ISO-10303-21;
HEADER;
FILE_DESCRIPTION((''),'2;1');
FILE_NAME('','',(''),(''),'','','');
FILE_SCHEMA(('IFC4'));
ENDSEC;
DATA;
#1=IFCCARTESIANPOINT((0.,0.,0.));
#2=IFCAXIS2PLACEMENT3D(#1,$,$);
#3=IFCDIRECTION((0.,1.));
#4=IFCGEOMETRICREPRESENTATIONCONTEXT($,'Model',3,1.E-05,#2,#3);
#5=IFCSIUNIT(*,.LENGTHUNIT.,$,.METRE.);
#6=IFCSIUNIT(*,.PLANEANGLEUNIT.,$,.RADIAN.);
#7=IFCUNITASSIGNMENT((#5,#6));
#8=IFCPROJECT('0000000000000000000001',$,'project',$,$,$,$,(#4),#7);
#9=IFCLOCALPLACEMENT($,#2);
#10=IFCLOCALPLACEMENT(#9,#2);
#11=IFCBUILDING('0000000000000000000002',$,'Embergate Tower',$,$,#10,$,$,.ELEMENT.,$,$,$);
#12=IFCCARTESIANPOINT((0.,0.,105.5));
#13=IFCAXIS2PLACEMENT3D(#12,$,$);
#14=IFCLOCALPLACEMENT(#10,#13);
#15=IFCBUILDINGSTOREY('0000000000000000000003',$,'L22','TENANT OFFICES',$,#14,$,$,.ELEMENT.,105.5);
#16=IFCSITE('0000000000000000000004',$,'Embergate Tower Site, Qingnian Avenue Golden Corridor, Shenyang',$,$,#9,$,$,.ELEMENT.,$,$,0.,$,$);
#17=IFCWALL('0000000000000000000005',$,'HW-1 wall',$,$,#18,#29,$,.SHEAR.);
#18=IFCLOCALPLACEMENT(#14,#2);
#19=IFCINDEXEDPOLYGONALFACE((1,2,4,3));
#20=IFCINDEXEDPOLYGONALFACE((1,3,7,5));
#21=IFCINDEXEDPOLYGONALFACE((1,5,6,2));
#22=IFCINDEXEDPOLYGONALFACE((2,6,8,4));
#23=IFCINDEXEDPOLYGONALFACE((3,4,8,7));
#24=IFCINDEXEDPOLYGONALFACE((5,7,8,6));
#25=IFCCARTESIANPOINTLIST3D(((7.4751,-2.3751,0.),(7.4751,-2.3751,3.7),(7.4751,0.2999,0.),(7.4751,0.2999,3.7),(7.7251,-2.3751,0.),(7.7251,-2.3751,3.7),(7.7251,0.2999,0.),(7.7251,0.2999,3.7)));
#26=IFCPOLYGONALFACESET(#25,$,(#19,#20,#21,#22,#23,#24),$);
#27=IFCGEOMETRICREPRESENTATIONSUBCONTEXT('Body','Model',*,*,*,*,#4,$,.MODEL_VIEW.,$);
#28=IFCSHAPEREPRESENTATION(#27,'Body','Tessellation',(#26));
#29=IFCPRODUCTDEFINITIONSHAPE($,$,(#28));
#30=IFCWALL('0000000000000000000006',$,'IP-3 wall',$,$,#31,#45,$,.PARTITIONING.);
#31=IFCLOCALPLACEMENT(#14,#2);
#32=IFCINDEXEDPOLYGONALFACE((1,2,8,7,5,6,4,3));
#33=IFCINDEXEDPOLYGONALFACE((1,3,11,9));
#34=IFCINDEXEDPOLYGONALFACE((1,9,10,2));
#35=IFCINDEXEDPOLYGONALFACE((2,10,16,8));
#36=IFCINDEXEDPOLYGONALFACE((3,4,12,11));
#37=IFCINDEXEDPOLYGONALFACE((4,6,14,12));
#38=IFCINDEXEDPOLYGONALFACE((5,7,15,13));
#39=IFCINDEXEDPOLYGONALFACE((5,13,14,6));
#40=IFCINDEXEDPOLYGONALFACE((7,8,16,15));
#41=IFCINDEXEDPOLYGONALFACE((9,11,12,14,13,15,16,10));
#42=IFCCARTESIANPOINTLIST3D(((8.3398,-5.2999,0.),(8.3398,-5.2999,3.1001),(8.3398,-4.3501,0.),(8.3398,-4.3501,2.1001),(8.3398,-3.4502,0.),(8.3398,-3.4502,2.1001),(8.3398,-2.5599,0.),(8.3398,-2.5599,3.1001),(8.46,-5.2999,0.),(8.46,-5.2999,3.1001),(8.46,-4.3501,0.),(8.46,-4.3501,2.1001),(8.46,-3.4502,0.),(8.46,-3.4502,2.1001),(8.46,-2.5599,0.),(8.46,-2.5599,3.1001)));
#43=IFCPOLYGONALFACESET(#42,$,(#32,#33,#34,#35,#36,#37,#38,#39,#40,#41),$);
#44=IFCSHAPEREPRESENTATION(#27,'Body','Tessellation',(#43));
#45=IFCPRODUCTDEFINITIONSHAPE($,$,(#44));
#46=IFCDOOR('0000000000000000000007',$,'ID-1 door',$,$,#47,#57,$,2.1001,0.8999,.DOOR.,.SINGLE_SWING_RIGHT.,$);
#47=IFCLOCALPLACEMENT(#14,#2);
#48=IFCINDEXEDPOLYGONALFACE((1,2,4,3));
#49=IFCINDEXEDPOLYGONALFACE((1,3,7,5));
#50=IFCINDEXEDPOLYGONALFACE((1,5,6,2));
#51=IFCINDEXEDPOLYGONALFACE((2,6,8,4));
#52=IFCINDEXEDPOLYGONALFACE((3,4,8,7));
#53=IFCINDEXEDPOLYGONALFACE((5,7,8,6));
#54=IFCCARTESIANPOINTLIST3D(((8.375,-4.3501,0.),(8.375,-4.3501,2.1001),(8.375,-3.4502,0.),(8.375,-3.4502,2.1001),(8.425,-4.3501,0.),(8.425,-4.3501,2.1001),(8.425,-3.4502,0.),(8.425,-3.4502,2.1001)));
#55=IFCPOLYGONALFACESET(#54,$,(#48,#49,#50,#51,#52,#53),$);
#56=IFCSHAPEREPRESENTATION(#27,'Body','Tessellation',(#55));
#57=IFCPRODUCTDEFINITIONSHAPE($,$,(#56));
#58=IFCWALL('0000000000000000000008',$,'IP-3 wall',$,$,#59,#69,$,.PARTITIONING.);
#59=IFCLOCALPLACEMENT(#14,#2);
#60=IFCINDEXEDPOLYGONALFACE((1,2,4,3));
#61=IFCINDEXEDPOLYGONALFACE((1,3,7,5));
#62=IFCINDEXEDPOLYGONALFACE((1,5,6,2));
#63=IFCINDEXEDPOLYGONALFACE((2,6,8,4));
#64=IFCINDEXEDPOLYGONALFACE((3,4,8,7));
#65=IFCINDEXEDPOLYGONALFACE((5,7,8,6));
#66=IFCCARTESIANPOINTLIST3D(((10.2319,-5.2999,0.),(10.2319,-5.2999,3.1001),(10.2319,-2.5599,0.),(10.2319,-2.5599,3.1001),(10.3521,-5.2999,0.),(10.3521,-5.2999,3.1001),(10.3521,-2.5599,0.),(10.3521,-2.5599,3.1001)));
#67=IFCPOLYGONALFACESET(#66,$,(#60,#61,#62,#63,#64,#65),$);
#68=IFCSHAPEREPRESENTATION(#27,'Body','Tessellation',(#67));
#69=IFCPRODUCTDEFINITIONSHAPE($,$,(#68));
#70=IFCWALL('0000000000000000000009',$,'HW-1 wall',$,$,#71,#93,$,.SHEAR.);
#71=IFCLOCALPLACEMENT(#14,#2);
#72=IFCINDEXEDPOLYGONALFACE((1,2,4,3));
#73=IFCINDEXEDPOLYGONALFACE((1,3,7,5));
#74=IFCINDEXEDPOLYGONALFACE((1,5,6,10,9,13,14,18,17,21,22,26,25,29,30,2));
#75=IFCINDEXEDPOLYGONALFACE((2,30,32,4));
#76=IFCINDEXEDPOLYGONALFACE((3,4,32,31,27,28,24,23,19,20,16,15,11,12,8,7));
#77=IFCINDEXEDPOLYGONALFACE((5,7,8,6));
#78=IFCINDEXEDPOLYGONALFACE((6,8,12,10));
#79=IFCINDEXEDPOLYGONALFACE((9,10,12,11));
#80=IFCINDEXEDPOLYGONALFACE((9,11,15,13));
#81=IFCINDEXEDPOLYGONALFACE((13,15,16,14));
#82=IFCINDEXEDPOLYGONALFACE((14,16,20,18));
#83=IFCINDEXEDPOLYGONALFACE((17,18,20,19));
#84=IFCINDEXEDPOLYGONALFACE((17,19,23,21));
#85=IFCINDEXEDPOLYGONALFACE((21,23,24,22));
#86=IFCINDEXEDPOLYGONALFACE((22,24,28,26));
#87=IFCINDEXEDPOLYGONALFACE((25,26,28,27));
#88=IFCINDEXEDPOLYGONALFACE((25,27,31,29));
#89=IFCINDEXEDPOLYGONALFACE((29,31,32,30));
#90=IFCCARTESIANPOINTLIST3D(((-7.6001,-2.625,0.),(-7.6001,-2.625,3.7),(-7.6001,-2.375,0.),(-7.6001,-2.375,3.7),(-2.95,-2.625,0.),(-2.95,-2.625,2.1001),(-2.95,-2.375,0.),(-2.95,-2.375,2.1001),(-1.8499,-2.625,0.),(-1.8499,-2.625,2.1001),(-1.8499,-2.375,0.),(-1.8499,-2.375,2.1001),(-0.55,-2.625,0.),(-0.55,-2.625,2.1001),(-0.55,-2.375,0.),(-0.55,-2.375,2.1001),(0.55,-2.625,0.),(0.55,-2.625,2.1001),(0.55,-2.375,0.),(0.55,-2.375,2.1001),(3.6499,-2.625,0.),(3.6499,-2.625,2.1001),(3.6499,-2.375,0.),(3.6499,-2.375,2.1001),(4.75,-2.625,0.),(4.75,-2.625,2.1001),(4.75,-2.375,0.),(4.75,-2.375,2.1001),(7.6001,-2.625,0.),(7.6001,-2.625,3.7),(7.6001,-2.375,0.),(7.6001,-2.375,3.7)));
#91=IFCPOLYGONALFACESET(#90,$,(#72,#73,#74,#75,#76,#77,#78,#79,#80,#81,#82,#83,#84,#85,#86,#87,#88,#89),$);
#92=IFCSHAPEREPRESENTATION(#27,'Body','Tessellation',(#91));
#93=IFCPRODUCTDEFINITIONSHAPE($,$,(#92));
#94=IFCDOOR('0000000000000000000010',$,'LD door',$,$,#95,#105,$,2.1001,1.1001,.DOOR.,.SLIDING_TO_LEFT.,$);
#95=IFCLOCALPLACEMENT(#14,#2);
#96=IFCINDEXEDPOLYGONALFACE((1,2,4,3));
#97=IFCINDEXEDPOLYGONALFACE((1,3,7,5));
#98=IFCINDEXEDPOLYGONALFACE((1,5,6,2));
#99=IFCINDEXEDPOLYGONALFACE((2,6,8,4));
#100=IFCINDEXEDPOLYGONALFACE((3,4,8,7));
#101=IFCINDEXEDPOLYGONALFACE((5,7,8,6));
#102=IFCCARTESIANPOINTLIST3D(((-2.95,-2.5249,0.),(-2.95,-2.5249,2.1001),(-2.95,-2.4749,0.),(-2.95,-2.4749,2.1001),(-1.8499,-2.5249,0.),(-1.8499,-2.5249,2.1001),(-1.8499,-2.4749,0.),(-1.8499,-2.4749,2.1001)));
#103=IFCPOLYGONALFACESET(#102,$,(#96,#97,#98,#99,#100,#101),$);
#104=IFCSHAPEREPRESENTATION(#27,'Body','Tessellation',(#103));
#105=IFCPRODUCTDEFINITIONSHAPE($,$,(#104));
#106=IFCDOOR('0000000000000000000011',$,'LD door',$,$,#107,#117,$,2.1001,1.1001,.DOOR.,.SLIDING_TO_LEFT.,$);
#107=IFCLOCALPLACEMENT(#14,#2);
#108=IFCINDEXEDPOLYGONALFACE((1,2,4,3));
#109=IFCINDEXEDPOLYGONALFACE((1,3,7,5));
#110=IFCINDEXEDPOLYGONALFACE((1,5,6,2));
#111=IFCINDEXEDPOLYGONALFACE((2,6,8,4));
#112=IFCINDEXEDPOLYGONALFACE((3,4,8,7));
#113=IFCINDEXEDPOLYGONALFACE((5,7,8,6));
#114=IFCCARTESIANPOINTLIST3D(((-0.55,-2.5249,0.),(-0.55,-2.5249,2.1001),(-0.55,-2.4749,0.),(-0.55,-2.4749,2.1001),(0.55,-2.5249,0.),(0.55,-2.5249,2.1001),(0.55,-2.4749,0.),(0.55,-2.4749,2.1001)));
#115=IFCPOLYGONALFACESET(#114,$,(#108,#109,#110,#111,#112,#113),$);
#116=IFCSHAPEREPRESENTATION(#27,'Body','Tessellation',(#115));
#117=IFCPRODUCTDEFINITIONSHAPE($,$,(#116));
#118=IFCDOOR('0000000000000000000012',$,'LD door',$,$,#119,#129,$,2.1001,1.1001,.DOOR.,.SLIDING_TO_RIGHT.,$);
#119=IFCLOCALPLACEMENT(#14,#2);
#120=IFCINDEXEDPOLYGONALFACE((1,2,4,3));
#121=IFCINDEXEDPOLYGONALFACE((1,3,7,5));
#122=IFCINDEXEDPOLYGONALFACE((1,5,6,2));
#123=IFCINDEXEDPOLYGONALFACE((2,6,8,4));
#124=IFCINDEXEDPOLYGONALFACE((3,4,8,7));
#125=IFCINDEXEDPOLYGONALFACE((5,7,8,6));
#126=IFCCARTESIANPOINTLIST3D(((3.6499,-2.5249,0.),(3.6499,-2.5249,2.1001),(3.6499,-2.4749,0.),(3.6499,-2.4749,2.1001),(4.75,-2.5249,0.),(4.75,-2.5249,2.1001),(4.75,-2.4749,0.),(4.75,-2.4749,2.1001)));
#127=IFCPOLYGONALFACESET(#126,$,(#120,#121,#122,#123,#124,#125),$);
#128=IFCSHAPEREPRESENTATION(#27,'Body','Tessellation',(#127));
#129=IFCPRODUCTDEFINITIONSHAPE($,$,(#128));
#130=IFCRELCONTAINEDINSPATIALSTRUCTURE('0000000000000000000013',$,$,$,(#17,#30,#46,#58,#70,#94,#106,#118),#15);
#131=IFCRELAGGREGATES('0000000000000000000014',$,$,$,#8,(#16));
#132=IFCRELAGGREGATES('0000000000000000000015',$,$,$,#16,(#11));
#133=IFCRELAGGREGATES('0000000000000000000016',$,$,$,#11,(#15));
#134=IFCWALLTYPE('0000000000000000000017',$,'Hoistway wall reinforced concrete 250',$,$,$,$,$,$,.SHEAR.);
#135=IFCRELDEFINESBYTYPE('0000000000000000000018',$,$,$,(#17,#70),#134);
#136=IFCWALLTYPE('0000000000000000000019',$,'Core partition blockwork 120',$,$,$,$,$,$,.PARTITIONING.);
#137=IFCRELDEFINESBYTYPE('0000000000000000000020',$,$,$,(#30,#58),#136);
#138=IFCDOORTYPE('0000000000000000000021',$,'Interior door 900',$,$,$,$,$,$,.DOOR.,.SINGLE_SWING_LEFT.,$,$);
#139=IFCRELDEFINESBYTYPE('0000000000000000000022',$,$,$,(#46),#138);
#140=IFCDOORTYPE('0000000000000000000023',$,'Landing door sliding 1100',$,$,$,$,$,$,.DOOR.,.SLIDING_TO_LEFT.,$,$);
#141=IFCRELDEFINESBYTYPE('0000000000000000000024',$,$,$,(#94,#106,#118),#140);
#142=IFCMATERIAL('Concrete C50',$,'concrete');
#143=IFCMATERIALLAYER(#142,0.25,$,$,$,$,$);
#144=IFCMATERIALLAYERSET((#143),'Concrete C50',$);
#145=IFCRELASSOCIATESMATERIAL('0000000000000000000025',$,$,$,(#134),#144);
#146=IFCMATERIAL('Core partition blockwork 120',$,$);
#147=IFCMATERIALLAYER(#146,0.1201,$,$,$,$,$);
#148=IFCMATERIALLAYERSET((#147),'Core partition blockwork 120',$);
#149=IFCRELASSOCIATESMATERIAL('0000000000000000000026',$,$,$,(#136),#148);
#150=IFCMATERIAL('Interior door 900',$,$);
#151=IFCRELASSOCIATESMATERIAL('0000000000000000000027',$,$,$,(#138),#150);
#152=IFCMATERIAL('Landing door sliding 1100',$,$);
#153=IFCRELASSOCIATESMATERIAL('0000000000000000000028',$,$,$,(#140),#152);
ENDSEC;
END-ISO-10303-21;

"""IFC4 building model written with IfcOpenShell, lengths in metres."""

from ifc_helpers import new_model, si_unit, direction, frame, frame_2d, origin, place, context, subcontext, project, spatial, rectangle, extrude, source, transform, mapped, material, layer, layer_set, type_object, element, fill, save


model = new_model("IFC4")

# Units and contexts
model_context = context("Model", 3, precision=1e-05, world=origin(), true_north=direction((0.0, 1.0)))
body_context = subcontext(model_context, "Body", "Model", "MODEL_VIEW")
ifc_project = project(units=[si_unit("LENGTHUNIT", "METRE"), si_unit("PLANEANGLEUNIT", "RADIAN")], contexts=[model_context])

# Site, building, storey
site_placement = place(None, origin())
site = spatial("IfcSite", under=ifc_project, at=site_placement, Name="Embergate Tower Site, Qingnian Avenue Golden Corridor, Shenyang", CompositionType="ELEMENT", RefElevation=0.0)
building_placement = place(site_placement, origin())
building = spatial("IfcBuilding", under=site, at=building_placement, Name="Embergate Tower", CompositionType="ELEMENT")
storey_placement = place(building_placement, frame((0.0, 0.0, 105.5)))
storey = spatial("IfcBuildingStorey", under=building, at=storey_placement, Name="L22", Description="TENANT OFFICES", CompositionType="ELEMENT", Elevation=105.5)

# Wall
ifc_material_1 = material(Name="Concrete C50", Category="concrete")
ifc_layer_1 = layer(ifc_material_1, 0.25)
ifc_layer_set_1 = layer_set([ifc_layer_1], Name="Concrete C50")
wall_type_1 = type_object("IfcWallType", Name="Hoistway wall reinforced concrete 250", PredefinedType="SHEAR", material=ifc_layer_set_1)
shared_shape_1 = source(origin(), body_context, "Body", "SweptSolid", [
    extrude(rectangle(XDim=2.675, YDim=0.25, at=frame_2d((1.3374, 0.0))), origin(), (0.0, 0.0, 1.0), 3.7),
])
wall_1_placement = place(storey_placement, frame((7.6001, -2.375, 0.0), z_axis=(0.0, 0.0, 1.0), x_axis=(0.0, 1.0, 0.0)))
element("IfcWall", 1, at=wall_1_placement, inside=storey, type_object=wall_type_1, Name="HW-1 wall", PredefinedType="SHEAR", context=body_context, shape_type="MappedRepresentation", body=[
    mapped(shared_shape_1, transform((0.0, 0.0, 0.0))),
])

# Wall, opening, door
ifc_material_2 = material(Name="Core partition blockwork 120")
ifc_layer_2 = layer(ifc_material_2, 0.1201)
ifc_layer_set_2 = layer_set([ifc_layer_2], Name="Core partition blockwork 120")
wall_type_2 = type_object("IfcWallType", Name="Core partition blockwork 120", PredefinedType="PARTITIONING", material=ifc_layer_set_2)
shared_shape_2 = source(origin(), body_context, "Body", "SweptSolid", [
    extrude(rectangle(XDim=2.74, YDim=0.1201, at=frame_2d((1.3701, 0.0))), origin(), (0.0, 0.0, 1.0), 3.1001),
])
wall_2_placement = place(storey_placement, frame((8.3999, -5.3, 0.0), z_axis=(0.0, 0.0, 1.0), x_axis=(0.0, 1.0, 0.0)))
wall_2 = element("IfcWall", 2, at=wall_2_placement, inside=storey, type_object=wall_type_2, Name="IP-3 wall", PredefinedType="PARTITIONING", context=body_context, shape_type="MappedRepresentation", body=[
    mapped(shared_shape_2, transform((0.0, 0.0, 0.0))),
])
shared_shape_3 = source(origin(), body_context, "Body", "SweptSolid", [
    extrude(rectangle(XDim=0.8999, YDim=2.1001, at=frame_2d((0.45, 1.05))), frame((0.0, 0.0701, 0.0), z_axis=(0.0, -1.0, 0.0), x_axis=(1.0, 0.0, 0.0)), (0.0, 0.0, 1.0), 0.1401),
])
opening_1_placement = place(wall_2_placement, frame((0.95, 0.0, 0.0)))
opening_1 = element("IfcOpeningElement", 3, at=opening_1_placement, cuts=wall_2, PredefinedType="OPENING", context=body_context, shape_type="MappedRepresentation", body=[
    mapped(shared_shape_3, transform((0.0, 0.0, 0.0))),
])
ifc_material_3 = material(Name="Interior door 900")
door_type_1 = type_object("IfcDoorType", Name="Interior door 900", OperationType="SINGLE_SWING_LEFT", PredefinedType="DOOR", material=ifc_material_3)
shared_shape_4 = source(origin(), body_context, "Body", "SweptSolid", [
    extrude(rectangle(XDim=0.8999, YDim=2.1001, at=frame_2d((0.45, 1.05))), frame((0.0, 0.0249, 0.0), z_axis=(0.0, -1.0, 0.0), x_axis=(1.0, 0.0, 0.0)), (0.0, 0.0, 1.0), 0.05),
])
door_1_placement = place(opening_1_placement, origin())
door_1 = element("IfcDoor", 4, at=door_1_placement, inside=storey, type_object=door_type_1, Name="ID-1 door", OperationType="SINGLE_SWING_RIGHT", OverallHeight=2.1001, OverallWidth=0.8999, PredefinedType="DOOR", context=body_context, shape_type="MappedRepresentation", body=[
    mapped(shared_shape_4, transform((0.0, 0.0, 0.0))),
])
fill(opening_1, door_1)

# Wall
wall_3_placement = place(storey_placement, frame((10.292, -5.3, 0.0), z_axis=(0.0, 0.0, 1.0), x_axis=(0.0, 1.0, 0.0)))
element("IfcWall", 5, at=wall_3_placement, inside=storey, type_object=wall_type_2, Name="IP-3 wall", PredefinedType="PARTITIONING", context=body_context, shape_type="MappedRepresentation", body=[
    mapped(shared_shape_2, transform((0.0, 0.0, 0.0))),
])

# Wall, openings, doors
shared_shape_5 = source(origin(), body_context, "Body", "SweptSolid", [
    extrude(rectangle(XDim=15.2002, YDim=0.25, at=frame_2d((7.6001, 0.0))), origin(), (0.0, 0.0, 1.0), 3.7),
])
wall_4_placement = place(storey_placement, frame((7.6001, -2.5, 0.0), z_axis=(0.0, 0.0, 1.0), x_axis=(-1.0, 0.0, 0.0)))
wall_4 = element("IfcWall", 6, at=wall_4_placement, inside=storey, type_object=wall_type_1, Name="HW-1 wall", PredefinedType="SHEAR", context=body_context, shape_type="MappedRepresentation", body=[
    mapped(shared_shape_5, transform((0.0, 0.0, 0.0))),
])
shared_shape_6 = source(origin(), body_context, "Body", "SweptSolid", [
    extrude(rectangle(XDim=1.1001, YDim=2.1001, at=frame_2d((0.55, 1.05))), frame((0.0, 0.135, 0.0), z_axis=(0.0, -1.0, 0.0), x_axis=(1.0, 0.0, 0.0)), (0.0, 0.0, 1.0), 0.27),
])
opening_2_placement = place(wall_4_placement, frame((9.45, 0.0, 0.0)))
opening_2 = element("IfcOpeningElement", 7, at=opening_2_placement, cuts=wall_4, PredefinedType="OPENING", context=body_context, shape_type="MappedRepresentation", body=[
    mapped(shared_shape_6, transform((0.0, 0.0, 0.0))),
])
opening_3_placement = place(wall_4_placement, frame((7.05, 0.0, 0.0)))
opening_3 = element("IfcOpeningElement", 8, at=opening_3_placement, cuts=wall_4, PredefinedType="OPENING", context=body_context, shape_type="MappedRepresentation", body=[
    mapped(shared_shape_6, transform((0.0, 0.0, 0.0))),
])
opening_4_placement = place(wall_4_placement, frame((2.8501, 0.0, 0.0)))
opening_4 = element("IfcOpeningElement", 9, at=opening_4_placement, cuts=wall_4, PredefinedType="OPENING", context=body_context, shape_type="MappedRepresentation", body=[
    mapped(shared_shape_6, transform((0.0, 0.0, 0.0))),
])
ifc_material_4 = material(Name="Landing door sliding 1100")
door_type_2 = type_object("IfcDoorType", Name="Landing door sliding 1100", OperationType="SLIDING_TO_LEFT", PredefinedType="DOOR", material=ifc_material_4)
shared_shape_7 = source(origin(), body_context, "Body", "SweptSolid", [
    extrude(rectangle(XDim=1.1001, YDim=2.1001, at=frame_2d((0.55, 1.05))), frame((0.0, 0.0249, 0.0), z_axis=(0.0, -1.0, 0.0), x_axis=(1.0, 0.0, 0.0)), (0.0, 0.0, 1.0), 0.05),
])
door_2_placement = place(opening_2_placement, origin())
door_2 = element("IfcDoor", 10, at=door_2_placement, inside=storey, type_object=door_type_2, Name="LD door", OperationType="SLIDING_TO_LEFT", OverallHeight=2.1001, OverallWidth=1.1001, PredefinedType="DOOR", context=body_context, shape_type="MappedRepresentation", body=[
    mapped(shared_shape_7, transform((0.0, 0.0, 0.0))),
])
fill(opening_2, door_2)
door_3_placement = place(opening_3_placement, origin())
door_3 = element("IfcDoor", 11, at=door_3_placement, inside=storey, type_object=door_type_2, Name="LD door", OperationType="SLIDING_TO_LEFT", OverallHeight=2.1001, OverallWidth=1.1001, PredefinedType="DOOR", context=body_context, shape_type="MappedRepresentation", body=[
    mapped(shared_shape_7, transform((0.0, 0.0, 0.0))),
])
fill(opening_3, door_3)
door_4_placement = place(opening_4_placement, origin())
door_4 = element("IfcDoor", 12, at=door_4_placement, inside=storey, type_object=door_type_2, Name="LD door", OperationType="SLIDING_TO_RIGHT", OverallHeight=2.1001, OverallWidth=1.1001, PredefinedType="DOOR", context=body_context, shape_type="MappedRepresentation", body=[
    mapped(shared_shape_7, transform((0.0, 0.0, 0.0))),
])
fill(opening_4, door_4)

save(model, "model.ifc")
